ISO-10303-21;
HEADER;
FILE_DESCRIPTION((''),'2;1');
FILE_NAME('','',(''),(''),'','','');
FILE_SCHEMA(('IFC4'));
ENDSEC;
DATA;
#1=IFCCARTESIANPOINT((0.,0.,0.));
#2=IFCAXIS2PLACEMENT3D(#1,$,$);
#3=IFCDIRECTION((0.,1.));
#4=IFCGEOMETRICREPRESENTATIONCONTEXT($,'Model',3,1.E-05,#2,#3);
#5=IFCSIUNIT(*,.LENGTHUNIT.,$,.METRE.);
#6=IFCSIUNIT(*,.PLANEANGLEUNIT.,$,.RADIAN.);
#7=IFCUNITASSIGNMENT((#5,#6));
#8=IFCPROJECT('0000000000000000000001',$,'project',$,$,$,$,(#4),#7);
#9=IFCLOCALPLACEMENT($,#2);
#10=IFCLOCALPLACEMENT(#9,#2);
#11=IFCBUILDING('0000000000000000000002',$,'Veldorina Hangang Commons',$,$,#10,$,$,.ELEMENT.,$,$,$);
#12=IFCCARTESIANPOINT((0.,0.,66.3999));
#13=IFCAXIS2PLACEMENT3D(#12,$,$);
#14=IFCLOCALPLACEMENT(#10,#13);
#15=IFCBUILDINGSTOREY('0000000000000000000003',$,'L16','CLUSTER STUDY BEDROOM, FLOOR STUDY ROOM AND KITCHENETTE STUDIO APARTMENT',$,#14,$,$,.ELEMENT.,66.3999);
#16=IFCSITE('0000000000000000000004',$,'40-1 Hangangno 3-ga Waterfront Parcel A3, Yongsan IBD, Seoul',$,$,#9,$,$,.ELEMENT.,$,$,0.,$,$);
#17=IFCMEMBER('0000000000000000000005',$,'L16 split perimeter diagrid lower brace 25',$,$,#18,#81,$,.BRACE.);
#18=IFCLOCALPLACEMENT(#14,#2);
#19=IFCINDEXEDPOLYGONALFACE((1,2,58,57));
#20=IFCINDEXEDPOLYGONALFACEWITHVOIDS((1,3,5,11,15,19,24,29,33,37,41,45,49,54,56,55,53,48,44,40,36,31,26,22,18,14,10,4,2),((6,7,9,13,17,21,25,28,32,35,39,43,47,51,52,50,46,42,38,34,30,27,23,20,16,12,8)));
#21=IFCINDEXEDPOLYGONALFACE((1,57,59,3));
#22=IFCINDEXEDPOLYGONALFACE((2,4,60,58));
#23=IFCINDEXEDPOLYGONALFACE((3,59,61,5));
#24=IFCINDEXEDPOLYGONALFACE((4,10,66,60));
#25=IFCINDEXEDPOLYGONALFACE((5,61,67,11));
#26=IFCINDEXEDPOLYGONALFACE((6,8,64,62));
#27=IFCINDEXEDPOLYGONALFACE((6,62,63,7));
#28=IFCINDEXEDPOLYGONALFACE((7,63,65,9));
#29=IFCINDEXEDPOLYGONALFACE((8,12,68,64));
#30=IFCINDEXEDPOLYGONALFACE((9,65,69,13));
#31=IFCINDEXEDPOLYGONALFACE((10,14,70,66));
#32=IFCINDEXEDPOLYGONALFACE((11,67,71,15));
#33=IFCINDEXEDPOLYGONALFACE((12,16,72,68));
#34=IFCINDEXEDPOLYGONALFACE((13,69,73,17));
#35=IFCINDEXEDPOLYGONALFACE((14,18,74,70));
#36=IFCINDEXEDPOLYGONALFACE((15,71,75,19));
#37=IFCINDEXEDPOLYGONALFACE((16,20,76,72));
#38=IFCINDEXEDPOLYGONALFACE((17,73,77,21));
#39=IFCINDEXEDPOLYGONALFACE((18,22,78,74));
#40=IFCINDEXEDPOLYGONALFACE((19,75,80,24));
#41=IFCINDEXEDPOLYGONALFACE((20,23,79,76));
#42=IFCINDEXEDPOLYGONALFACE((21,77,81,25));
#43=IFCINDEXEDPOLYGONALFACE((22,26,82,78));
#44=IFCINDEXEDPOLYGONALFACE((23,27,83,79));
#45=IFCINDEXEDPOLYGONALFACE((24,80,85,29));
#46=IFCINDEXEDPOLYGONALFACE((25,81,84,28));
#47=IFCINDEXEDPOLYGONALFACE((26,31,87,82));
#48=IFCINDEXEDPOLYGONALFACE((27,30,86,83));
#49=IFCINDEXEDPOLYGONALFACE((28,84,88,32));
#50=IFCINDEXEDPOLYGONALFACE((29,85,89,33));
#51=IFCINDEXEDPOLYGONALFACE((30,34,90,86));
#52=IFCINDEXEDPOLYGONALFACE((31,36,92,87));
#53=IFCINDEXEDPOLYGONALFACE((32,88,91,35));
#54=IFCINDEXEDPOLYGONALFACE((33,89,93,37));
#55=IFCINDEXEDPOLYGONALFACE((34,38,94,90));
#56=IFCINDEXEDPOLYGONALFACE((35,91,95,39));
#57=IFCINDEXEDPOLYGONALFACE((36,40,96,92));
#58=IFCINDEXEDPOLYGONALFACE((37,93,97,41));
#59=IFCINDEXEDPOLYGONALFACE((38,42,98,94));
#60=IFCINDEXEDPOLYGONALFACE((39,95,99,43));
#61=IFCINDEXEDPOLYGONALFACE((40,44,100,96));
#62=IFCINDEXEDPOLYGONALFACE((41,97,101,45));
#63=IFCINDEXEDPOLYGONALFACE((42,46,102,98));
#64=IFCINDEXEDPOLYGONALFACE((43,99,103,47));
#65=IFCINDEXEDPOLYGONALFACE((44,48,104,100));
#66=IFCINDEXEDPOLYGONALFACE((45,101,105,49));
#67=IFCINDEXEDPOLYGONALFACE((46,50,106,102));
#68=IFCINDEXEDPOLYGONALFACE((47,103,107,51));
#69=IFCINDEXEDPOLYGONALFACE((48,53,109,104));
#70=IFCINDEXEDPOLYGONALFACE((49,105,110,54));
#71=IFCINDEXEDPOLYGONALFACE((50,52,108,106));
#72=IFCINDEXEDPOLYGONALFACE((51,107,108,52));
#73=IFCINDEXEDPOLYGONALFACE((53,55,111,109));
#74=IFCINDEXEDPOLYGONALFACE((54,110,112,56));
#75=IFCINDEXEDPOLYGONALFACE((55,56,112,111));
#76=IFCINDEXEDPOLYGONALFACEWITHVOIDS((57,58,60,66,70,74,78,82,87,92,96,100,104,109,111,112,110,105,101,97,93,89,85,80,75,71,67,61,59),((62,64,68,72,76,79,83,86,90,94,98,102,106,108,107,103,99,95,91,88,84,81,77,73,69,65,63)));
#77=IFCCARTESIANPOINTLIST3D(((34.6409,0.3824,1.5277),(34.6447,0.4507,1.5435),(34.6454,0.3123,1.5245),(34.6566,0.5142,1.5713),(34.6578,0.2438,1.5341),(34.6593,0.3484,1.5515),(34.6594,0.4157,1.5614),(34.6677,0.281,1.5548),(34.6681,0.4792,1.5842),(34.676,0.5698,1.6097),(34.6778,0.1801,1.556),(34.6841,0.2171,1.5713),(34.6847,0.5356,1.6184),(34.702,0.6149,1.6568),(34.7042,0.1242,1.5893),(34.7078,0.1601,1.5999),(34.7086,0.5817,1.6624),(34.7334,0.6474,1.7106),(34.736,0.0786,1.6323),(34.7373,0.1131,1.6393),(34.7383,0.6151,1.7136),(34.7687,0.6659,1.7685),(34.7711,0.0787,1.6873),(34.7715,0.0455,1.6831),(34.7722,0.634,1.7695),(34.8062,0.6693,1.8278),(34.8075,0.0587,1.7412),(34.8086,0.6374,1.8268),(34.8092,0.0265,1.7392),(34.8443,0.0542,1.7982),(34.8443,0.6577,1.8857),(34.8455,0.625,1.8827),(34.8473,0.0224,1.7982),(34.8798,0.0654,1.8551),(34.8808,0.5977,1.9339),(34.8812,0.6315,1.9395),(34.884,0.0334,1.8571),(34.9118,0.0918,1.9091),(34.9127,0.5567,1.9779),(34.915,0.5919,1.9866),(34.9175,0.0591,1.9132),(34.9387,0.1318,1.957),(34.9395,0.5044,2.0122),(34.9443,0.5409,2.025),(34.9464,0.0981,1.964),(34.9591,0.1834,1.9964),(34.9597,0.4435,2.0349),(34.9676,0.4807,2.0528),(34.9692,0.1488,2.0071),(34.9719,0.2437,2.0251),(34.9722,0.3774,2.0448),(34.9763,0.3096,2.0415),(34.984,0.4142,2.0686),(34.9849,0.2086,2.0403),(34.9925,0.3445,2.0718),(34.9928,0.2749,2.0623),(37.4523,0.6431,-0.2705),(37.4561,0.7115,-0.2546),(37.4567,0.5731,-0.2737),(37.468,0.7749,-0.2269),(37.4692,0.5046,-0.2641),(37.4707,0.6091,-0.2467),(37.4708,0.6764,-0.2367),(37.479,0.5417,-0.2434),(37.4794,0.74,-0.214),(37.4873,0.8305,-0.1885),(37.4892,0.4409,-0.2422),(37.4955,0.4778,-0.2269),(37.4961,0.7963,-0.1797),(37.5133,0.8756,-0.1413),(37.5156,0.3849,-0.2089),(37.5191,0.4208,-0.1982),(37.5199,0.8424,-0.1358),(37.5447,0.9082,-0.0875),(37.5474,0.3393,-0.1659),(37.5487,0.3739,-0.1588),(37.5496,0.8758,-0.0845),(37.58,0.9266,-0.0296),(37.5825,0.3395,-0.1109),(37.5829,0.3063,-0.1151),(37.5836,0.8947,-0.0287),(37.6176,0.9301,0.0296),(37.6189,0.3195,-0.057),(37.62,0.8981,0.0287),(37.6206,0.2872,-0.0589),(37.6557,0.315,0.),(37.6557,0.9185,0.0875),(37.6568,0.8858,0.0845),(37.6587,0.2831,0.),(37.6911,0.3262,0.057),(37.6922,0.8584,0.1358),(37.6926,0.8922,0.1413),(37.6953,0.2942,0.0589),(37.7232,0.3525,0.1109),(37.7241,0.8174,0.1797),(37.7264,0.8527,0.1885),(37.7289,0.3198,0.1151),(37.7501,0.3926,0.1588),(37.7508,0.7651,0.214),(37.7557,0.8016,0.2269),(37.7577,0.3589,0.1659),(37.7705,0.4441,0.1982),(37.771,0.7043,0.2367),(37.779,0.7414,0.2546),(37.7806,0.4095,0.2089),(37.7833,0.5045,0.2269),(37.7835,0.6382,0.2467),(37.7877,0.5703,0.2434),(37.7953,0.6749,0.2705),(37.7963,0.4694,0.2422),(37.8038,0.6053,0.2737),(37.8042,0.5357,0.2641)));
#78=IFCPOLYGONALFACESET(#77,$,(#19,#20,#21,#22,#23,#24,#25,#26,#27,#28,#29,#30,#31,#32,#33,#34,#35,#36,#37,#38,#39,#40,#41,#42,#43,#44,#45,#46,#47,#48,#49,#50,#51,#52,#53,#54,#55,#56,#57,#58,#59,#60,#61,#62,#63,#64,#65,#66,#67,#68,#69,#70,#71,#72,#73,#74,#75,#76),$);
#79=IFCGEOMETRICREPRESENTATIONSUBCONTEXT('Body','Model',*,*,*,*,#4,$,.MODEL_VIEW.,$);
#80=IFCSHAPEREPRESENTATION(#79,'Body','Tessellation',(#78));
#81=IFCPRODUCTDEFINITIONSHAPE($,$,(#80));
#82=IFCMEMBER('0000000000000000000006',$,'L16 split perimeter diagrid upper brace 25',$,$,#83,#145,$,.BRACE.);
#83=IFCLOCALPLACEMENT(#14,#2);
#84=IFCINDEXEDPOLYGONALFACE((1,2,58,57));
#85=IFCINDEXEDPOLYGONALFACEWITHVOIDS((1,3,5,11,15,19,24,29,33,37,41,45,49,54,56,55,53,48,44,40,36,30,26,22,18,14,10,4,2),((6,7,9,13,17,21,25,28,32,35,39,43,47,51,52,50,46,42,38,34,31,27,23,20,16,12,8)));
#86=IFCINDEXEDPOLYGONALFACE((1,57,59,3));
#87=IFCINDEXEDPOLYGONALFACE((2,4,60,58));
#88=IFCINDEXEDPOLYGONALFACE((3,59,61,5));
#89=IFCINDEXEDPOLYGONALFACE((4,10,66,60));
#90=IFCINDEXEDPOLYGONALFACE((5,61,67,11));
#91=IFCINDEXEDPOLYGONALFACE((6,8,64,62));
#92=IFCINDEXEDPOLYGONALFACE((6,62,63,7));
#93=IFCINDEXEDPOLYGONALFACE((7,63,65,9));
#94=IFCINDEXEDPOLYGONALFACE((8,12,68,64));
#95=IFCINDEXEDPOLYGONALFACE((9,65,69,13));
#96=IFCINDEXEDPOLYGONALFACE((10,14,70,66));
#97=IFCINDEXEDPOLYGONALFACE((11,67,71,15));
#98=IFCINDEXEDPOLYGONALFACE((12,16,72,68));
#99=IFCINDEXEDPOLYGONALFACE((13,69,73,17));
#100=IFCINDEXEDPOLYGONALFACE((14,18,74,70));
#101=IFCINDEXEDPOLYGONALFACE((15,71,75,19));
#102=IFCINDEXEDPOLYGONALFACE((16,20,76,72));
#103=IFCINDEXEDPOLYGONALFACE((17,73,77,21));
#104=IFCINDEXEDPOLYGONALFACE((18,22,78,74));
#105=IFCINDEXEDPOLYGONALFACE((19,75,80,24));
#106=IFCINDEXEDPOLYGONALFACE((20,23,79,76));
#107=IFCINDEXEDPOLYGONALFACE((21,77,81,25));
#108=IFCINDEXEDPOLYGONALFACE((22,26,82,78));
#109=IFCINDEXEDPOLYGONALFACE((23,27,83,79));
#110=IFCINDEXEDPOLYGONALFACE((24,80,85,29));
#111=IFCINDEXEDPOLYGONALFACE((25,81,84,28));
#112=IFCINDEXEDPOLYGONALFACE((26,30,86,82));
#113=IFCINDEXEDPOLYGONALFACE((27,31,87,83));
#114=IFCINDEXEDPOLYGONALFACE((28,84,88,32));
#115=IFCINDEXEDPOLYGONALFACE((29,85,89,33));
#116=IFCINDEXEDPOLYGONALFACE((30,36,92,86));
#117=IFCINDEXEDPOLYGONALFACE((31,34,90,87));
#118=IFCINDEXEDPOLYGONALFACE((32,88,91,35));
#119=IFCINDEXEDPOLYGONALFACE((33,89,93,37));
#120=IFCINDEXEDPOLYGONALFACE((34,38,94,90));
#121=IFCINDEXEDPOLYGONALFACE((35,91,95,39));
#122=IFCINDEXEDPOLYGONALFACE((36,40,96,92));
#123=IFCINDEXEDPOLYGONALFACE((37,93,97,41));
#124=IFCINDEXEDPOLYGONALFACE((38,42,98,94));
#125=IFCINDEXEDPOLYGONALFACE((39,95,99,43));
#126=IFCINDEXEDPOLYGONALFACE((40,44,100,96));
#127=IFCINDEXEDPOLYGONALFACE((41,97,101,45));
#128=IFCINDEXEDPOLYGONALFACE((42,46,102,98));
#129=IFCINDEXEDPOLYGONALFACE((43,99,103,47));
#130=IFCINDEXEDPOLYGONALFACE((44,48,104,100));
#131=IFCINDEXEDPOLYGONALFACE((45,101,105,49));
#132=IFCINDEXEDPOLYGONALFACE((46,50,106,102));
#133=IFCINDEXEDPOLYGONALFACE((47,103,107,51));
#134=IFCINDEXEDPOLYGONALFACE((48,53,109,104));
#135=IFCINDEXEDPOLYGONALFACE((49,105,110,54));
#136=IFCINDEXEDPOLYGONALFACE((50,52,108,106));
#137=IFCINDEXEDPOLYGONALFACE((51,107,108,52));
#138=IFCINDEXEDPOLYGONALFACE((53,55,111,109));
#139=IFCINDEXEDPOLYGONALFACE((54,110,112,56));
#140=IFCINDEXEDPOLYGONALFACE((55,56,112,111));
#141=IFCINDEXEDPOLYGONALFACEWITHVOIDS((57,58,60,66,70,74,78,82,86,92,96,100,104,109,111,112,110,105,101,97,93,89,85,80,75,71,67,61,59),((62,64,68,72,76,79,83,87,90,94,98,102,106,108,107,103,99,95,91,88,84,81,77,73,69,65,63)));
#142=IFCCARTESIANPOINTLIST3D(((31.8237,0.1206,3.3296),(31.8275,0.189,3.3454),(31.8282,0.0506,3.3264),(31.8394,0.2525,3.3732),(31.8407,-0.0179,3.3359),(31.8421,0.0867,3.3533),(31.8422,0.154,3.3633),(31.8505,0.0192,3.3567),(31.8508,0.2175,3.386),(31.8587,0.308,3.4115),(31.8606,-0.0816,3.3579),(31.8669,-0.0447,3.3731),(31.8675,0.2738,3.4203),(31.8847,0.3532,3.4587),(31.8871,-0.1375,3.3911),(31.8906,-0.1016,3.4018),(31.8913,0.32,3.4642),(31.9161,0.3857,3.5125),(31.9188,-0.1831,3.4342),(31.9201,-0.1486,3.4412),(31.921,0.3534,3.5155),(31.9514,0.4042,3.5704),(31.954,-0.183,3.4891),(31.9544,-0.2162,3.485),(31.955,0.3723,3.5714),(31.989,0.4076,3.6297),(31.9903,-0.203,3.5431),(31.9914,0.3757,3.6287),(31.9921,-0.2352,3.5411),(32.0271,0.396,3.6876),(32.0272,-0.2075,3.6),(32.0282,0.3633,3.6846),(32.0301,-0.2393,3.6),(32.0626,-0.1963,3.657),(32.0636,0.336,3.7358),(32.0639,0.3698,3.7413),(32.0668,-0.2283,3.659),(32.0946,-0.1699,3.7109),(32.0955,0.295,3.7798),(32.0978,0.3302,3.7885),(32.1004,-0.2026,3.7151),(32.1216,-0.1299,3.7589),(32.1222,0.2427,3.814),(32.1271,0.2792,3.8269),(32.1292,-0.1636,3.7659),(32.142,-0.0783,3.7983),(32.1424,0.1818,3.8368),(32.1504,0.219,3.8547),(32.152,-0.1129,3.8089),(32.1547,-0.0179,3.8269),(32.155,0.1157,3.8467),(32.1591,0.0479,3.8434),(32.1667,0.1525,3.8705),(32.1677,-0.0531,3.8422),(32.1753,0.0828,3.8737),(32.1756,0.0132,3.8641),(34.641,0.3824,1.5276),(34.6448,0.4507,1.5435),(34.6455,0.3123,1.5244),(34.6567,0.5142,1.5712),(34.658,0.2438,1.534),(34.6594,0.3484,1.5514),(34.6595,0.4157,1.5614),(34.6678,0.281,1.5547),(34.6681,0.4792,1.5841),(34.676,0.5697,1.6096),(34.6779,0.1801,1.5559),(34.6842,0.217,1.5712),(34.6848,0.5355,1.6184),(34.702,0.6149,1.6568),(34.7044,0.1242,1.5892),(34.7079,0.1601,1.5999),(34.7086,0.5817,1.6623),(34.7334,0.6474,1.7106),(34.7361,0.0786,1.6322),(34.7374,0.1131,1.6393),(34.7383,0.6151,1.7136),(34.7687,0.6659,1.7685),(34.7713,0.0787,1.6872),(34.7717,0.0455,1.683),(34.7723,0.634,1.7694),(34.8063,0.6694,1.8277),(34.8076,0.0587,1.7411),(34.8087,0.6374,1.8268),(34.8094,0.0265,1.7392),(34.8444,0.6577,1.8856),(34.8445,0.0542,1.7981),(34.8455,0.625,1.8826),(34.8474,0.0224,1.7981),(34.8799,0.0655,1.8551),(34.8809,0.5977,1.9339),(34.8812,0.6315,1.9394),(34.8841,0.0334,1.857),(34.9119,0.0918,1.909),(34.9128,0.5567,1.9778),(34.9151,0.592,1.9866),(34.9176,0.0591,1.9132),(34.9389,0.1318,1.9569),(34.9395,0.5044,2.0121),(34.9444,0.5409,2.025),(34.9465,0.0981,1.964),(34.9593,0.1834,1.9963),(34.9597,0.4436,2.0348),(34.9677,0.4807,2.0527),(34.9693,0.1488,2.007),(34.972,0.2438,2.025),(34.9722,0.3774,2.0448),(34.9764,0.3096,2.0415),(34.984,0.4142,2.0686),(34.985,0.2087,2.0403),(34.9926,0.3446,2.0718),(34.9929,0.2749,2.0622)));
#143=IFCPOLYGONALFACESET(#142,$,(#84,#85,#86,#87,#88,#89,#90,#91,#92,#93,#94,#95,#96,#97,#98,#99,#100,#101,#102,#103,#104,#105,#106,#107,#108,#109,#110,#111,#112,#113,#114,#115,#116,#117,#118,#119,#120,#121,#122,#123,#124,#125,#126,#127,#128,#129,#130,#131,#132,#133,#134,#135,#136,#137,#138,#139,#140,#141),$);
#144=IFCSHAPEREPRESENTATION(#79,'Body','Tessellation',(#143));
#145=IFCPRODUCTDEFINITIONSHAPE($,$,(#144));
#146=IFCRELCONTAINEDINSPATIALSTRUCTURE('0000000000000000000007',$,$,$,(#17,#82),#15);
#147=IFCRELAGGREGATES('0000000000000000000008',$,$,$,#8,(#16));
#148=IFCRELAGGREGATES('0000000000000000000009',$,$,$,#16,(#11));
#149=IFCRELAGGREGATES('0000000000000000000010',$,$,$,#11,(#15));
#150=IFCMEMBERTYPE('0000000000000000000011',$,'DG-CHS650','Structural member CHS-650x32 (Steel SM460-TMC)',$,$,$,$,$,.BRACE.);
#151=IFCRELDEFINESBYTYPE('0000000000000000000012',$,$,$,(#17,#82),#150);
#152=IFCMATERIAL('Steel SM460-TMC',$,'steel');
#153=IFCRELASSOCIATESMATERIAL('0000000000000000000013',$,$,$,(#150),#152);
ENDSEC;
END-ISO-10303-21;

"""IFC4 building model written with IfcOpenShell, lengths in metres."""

from ifc_helpers import new_model, si_unit, direction, frame, origin, origin_2d, place, context, subcontext, project, spatial, hollow_circle, extrude, material, material_profile, profile_set, type_object, element, save


model = new_model("IFC4")

# Units and contexts
model_context = context("Model", 3, precision=1e-05, world=origin(), true_north=direction((0.0, 1.0)))
body_context = subcontext(model_context, "Body", "Model", "MODEL_VIEW")
ifc_project = project(units=[si_unit("LENGTHUNIT", "METRE"), si_unit("PLANEANGLEUNIT", "RADIAN")], contexts=[model_context])

# Site, building, storey
site_placement = place(None, origin())
site = spatial("IfcSite", under=ifc_project, at=site_placement, Name="40-1 Hangangno 3-ga Waterfront Parcel A3, Yongsan IBD, Seoul", CompositionType="ELEMENT", RefElevation=0.0)
building_placement = place(site_placement, origin())
building = spatial("IfcBuilding", under=site, at=building_placement, Name="Veldorina Hangang Commons", CompositionType="ELEMENT")
storey_placement = place(building_placement, frame((0.0, 0.0, 66.3999)))
storey = spatial("IfcBuildingStorey", under=building, at=storey_placement, Name="L16", Description="CLUSTER STUDY BEDROOM, FLOOR STUDY ROOM AND KITCHENETTE STUDIO APARTMENT", CompositionType="ELEMENT", Elevation=66.3999)

# Members
ifc_material_1 = material(Name="Steel SM460-TMC", Category="steel")
ifc_material_profile_1 = material_profile(ifc_material_1, hollow_circle(Radius=0.325, WallThickness=0.032, at=origin_2d()), Name="CHS-650x32")
ifc_profile_set_1 = profile_set([ifc_material_profile_1], Name="Steel SM460-TMC")
member_type_1 = type_object("IfcMemberType", Name="DG-CHS650", Description="Structural member CHS-650x32 (Steel SM460-TMC)", PredefinedType="BRACE", material=ifc_profile_set_1)
member_1_placement = place(storey_placement, frame((37.6287, 0.6067, 0.0), z_axis=(-0.839864, -0.077896, 0.537178), x_axis=(0.092352, -0.995726, 0.0)))
element("IfcMember", 1, at=member_1_placement, inside=storey, type_object=member_type_1, Name="L16 split perimeter diagrid lower brace 25", PredefinedType="BRACE", context=body_context, shape_type="SweptSolid", body=[
    extrude(hollow_circle(Radius=0.325, WallThickness=0.032, at=origin_2d()), origin(), (0.0, 0.0, 1.0), 3.3474),
])
member_2_placement = place(storey_placement, frame((34.8174, 0.3459, 1.7981), z_axis=(-0.839856, -0.078018, 0.537173), x_axis=(0.092496, -0.995713, 0.0)))
element("IfcMember", 2, at=member_2_placement, inside=storey, type_object=member_type_1, Name="L16 split perimeter diagrid upper brace 25", PredefinedType="BRACE", context=body_context, shape_type="SweptSolid", body=[
    extrude(hollow_circle(Radius=0.325, WallThickness=0.032, at=origin_2d()), origin(), (0.0, 0.0, 1.0), 3.3545),
])

save(model, "model.ifc")
